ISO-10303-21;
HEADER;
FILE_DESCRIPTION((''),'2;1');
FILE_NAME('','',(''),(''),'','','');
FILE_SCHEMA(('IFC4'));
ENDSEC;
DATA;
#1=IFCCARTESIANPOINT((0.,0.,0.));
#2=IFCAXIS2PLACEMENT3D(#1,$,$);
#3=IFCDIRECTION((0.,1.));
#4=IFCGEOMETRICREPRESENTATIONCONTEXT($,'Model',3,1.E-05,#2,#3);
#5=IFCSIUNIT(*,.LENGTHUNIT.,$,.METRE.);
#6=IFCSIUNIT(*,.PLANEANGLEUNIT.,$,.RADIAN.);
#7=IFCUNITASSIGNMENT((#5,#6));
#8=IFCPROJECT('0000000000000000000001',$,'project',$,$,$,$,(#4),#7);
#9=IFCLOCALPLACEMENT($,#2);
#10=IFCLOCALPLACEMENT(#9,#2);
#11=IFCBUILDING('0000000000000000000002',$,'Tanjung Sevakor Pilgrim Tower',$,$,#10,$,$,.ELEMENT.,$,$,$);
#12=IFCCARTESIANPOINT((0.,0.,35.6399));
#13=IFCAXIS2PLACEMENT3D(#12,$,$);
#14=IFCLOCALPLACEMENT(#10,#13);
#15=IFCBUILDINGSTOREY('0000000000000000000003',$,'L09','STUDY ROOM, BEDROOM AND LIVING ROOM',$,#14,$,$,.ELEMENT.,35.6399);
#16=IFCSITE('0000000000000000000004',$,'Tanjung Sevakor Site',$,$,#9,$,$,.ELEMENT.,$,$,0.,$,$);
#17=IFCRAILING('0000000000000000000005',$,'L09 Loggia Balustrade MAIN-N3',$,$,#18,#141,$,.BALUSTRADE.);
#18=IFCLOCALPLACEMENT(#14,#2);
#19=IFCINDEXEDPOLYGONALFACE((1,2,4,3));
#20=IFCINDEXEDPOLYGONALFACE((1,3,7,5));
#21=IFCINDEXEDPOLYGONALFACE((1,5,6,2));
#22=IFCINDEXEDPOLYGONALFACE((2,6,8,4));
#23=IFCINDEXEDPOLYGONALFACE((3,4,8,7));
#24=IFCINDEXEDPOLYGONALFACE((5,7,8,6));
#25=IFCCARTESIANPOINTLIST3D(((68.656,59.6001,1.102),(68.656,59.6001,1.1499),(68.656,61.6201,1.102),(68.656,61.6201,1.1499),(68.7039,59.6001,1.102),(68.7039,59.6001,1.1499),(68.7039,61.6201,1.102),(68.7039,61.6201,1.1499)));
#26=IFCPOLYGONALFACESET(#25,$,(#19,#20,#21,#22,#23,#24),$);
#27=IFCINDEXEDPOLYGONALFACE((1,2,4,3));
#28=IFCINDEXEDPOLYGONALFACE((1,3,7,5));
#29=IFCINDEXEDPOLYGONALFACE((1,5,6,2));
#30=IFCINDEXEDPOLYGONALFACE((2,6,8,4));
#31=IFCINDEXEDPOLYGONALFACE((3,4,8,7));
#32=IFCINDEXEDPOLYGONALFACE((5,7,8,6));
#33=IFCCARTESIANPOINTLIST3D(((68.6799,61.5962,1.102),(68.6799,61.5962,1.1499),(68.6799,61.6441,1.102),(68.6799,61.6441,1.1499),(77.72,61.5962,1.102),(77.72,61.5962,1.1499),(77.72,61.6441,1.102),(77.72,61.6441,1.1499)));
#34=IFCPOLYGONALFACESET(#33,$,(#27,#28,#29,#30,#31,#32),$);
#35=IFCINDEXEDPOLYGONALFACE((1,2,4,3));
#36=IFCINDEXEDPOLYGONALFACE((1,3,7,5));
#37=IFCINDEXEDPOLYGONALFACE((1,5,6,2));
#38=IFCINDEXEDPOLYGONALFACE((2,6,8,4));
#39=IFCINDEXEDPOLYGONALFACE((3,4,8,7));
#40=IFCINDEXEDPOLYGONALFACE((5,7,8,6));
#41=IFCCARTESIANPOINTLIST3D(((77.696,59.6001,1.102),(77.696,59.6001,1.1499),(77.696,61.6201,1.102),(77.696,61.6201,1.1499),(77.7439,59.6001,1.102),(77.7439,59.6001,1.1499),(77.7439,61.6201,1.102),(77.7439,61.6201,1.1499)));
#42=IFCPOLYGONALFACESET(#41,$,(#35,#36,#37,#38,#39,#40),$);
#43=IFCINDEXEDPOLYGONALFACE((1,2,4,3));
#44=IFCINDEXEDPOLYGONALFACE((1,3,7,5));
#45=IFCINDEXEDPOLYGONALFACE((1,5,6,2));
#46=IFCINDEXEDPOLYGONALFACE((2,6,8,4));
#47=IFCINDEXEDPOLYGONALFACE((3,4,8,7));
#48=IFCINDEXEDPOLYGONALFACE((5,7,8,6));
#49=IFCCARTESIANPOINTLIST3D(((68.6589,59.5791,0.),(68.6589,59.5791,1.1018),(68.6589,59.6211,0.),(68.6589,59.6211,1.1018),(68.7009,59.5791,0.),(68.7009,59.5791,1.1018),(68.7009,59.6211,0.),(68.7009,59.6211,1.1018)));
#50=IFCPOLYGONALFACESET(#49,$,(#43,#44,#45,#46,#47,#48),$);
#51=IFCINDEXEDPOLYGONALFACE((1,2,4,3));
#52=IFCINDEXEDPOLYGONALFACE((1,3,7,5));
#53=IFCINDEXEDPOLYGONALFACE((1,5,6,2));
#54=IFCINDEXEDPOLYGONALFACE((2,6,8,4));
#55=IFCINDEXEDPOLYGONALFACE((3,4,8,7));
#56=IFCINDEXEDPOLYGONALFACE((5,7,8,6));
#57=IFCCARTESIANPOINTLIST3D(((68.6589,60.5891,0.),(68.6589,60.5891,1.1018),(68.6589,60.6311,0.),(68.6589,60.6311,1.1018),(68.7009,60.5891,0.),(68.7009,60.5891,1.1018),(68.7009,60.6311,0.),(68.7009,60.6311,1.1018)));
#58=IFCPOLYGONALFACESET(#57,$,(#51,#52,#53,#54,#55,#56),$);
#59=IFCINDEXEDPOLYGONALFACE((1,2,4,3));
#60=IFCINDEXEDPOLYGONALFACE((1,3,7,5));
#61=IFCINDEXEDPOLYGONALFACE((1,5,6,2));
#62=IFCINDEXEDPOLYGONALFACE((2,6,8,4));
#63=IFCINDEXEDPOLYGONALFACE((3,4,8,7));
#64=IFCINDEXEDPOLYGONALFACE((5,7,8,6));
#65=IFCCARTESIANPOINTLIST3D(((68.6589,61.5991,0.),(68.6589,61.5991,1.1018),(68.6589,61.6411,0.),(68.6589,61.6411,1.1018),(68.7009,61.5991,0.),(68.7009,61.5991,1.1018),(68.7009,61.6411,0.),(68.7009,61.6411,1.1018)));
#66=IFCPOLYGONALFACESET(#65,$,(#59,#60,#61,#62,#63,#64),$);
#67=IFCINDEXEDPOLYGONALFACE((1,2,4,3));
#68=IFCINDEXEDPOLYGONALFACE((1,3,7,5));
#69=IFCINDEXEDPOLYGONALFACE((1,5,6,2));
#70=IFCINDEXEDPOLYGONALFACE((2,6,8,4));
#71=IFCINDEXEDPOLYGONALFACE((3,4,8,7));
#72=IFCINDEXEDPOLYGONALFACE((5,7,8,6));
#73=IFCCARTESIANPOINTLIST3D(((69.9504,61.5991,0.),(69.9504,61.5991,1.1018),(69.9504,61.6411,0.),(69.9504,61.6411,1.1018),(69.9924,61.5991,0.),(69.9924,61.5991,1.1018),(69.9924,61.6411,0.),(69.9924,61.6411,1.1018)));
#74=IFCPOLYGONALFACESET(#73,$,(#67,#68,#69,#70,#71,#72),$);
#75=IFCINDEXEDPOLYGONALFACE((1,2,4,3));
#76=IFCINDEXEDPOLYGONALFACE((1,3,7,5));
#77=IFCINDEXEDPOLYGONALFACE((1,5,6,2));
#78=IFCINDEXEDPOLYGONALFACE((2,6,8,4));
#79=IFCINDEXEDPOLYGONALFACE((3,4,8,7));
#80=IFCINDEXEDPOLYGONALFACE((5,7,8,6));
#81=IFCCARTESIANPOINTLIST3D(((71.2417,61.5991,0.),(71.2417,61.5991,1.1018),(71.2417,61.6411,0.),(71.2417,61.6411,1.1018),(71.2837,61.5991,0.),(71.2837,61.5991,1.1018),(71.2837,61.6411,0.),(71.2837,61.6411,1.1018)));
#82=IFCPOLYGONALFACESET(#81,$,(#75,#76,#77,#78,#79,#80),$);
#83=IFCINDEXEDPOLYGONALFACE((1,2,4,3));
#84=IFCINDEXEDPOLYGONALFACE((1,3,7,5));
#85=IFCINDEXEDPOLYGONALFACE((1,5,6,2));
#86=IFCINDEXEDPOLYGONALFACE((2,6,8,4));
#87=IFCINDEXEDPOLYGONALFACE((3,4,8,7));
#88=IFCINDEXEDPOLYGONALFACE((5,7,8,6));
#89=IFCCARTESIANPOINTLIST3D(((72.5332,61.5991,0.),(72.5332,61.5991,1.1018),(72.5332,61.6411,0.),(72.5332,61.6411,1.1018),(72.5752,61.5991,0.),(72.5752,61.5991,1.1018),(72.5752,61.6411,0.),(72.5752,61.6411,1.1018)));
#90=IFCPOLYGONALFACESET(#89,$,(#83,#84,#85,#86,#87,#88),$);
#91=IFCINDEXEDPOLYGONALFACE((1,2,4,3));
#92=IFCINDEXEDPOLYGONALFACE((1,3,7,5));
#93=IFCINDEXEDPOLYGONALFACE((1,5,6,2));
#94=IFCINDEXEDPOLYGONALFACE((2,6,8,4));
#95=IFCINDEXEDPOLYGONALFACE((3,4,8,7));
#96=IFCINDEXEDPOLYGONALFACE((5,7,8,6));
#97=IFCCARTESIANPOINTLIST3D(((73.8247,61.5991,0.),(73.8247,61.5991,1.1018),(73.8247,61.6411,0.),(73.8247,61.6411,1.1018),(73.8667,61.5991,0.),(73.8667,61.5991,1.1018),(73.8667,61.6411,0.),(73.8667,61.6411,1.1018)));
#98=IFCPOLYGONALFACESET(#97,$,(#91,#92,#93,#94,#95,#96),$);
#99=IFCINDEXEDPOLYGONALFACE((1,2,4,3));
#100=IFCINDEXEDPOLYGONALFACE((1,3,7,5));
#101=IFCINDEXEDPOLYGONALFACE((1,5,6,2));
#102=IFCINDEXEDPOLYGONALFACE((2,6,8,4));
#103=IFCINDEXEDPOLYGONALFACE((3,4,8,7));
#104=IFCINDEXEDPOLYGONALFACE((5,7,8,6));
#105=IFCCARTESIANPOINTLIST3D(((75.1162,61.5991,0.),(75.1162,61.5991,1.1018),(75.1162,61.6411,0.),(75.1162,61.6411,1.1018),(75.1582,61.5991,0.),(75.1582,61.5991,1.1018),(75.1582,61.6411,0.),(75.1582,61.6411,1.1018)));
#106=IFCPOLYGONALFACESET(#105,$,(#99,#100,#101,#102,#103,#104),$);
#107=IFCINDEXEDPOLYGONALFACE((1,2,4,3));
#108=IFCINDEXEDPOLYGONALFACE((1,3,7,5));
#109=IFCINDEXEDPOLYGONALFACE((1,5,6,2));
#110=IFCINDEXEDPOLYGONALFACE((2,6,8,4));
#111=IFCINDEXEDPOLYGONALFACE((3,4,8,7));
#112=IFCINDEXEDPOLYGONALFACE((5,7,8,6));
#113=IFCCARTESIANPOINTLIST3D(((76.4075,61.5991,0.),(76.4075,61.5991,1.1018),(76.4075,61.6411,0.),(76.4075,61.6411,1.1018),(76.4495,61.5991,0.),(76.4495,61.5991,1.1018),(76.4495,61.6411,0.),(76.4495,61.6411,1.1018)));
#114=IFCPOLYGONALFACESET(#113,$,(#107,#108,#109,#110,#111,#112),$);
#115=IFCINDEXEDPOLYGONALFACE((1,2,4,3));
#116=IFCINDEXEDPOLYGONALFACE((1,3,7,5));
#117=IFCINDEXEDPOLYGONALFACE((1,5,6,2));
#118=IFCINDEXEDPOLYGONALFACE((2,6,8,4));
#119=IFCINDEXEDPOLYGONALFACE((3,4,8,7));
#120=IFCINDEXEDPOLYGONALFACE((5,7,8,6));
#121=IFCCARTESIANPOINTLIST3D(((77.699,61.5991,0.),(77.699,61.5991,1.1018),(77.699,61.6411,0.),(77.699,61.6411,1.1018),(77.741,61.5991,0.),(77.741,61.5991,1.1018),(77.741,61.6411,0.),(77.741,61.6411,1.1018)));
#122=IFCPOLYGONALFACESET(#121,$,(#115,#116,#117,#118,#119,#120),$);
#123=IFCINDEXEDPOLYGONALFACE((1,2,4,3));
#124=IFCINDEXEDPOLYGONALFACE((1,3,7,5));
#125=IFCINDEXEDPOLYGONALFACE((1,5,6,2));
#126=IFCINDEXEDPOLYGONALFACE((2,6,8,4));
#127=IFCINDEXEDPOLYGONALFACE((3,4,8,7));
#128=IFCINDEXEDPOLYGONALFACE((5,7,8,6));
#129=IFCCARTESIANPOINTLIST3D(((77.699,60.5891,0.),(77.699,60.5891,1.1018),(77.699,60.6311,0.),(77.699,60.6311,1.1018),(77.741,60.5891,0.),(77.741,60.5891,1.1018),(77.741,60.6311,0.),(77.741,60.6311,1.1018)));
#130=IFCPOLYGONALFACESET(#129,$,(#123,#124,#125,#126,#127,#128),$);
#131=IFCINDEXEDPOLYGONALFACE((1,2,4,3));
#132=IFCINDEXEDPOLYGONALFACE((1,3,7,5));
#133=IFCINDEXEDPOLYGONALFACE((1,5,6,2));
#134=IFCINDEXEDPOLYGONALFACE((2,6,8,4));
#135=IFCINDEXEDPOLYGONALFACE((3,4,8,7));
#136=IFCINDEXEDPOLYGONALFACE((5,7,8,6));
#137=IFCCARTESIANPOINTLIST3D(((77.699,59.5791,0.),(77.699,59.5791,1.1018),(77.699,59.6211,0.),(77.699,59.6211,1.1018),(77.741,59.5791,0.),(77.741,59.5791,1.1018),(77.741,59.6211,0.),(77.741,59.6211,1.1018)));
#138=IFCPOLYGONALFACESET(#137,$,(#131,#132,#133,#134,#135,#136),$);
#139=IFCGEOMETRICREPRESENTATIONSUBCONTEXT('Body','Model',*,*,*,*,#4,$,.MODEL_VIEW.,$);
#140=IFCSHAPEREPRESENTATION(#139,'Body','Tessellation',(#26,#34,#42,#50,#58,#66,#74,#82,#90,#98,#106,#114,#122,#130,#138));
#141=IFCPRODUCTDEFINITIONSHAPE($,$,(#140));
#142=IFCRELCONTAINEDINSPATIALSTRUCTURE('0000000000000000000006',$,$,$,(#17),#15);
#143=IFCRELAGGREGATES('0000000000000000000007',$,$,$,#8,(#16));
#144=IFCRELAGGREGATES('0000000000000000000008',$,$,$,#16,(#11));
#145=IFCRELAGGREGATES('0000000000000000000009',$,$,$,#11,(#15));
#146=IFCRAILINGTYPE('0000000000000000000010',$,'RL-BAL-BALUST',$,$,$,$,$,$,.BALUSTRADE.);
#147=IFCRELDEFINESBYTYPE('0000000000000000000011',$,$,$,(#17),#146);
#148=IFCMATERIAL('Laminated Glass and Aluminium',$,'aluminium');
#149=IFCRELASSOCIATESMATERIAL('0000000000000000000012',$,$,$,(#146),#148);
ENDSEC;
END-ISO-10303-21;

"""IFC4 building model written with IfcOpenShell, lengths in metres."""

from ifc_helpers import new_model, si_unit, direction, frame, origin, place, context, subcontext, project, spatial, rectangle, extrude, material, type_object, element, save


model = new_model("IFC4")

# Units and contexts
model_context = context("Model", 3, precision=1e-05, world=origin(), true_north=direction((0.0, 1.0)))
body_context = subcontext(model_context, "Body", "Model", "MODEL_VIEW")
ifc_project = project(units=[si_unit("LENGTHUNIT", "METRE"), si_unit("PLANEANGLEUNIT", "RADIAN")], contexts=[model_context])

# Site, building, storey
site_placement = place(None, origin())
site = spatial("IfcSite", under=ifc_project, at=site_placement, Name="Tanjung Sevakor Site", CompositionType="ELEMENT", RefElevation=0.0)
building_placement = place(site_placement, origin())
building = spatial("IfcBuilding", under=site, at=building_placement, Name="Tanjung Sevakor Pilgrim Tower", CompositionType="ELEMENT")
storey_placement = place(building_placement, frame((0.0, 0.0, 35.6399)))
storey = spatial("IfcBuildingStorey", under=building, at=storey_placement, Name="L09", Description="STUDY ROOM, BEDROOM AND LIVING ROOM", CompositionType="ELEMENT", Elevation=35.6399)

# Railing
ifc_material_1 = material(Name="Laminated Glass and Aluminium", Category="aluminium")
railing_type = type_object("IfcRailingType", Name="RL-BAL-BALUST", PredefinedType="BALUSTRADE", material=ifc_material_1)
railing_1_placement = place(storey_placement, frame((68.6799, 59.6001, 0.0)))
element("IfcRailing", 1, at=railing_1_placement, inside=storey, type_object=railing_type, Name="L09 Loggia Balustrade MAIN-N3", PredefinedType="BALUSTRADE", context=body_context, shape_type="SweptSolid", body=[
    extrude(rectangle(XDim=0.0479, YDim=0.0479), frame((0.0, 0.0, 1.126), z_axis=(0.0, 1.0, 0.0), x_axis=(-1.0, 0.0, 0.0)), (0.0, 0.0, 1.0), 2.02),
    extrude(rectangle(XDim=0.0479, YDim=0.0479), frame((0.0, 2.02, 1.126), z_axis=(1.0, 0.0, 0.0), x_axis=(0.0, 1.0, 0.0)), (0.0, 0.0, 1.0), 9.04),
    extrude(rectangle(XDim=0.0479, YDim=0.0479), frame((9.04, 2.02, 1.126), z_axis=(0.0, -1.0, 0.0), x_axis=(1.0, 0.0, 0.0)), (0.0, 0.0, 1.0), 2.02),
    extrude(rectangle(XDim=0.042, YDim=0.042), origin(), (0.0, 0.0, 1.0), 1.1018),
    extrude(rectangle(XDim=0.042, YDim=0.042), frame((0.0, 1.01, 0.0)), (0.0, 0.0, 1.0), 1.1018),
    extrude(rectangle(XDim=0.042, YDim=0.042), frame((0.0, 2.02, 0.0)), (0.0, 0.0, 1.0), 1.1018),
    extrude(rectangle(XDim=0.042, YDim=0.042), frame((1.2915, 2.02, 0.0)), (0.0, 0.0, 1.0), 1.1018),
    extrude(rectangle(XDim=0.042, YDim=0.042), frame((2.5828, 2.02, 0.0)), (0.0, 0.0, 1.0), 1.1018),
    extrude(rectangle(XDim=0.042, YDim=0.042), frame((3.8743, 2.02, 0.0)), (0.0, 0.0, 1.0), 1.1018),
    extrude(rectangle(XDim=0.042, YDim=0.042), frame((5.1658, 2.02, 0.0)), (0.0, 0.0, 1.0), 1.1018),
    extrude(rectangle(XDim=0.042, YDim=0.042), frame((6.4573, 2.02, 0.0)), (0.0, 0.0, 1.0), 1.1018),
    extrude(rectangle(XDim=0.042, YDim=0.042), frame((7.7485, 2.02, 0.0)), (0.0, 0.0, 1.0), 1.1018),
    extrude(rectangle(XDim=0.042, YDim=0.042), frame((9.04, 2.02, 0.0)), (0.0, 0.0, 1.0), 1.1018),
    extrude(rectangle(XDim=0.042, YDim=0.042), frame((9.04, 1.01, 0.0)), (0.0, 0.0, 1.0), 1.1018),
    extrude(rectangle(XDim=0.042, YDim=0.042), frame((9.04, 0.0, 0.0)), (0.0, 0.0, 1.0), 1.1018),
])

save(model, "model.ifc")
